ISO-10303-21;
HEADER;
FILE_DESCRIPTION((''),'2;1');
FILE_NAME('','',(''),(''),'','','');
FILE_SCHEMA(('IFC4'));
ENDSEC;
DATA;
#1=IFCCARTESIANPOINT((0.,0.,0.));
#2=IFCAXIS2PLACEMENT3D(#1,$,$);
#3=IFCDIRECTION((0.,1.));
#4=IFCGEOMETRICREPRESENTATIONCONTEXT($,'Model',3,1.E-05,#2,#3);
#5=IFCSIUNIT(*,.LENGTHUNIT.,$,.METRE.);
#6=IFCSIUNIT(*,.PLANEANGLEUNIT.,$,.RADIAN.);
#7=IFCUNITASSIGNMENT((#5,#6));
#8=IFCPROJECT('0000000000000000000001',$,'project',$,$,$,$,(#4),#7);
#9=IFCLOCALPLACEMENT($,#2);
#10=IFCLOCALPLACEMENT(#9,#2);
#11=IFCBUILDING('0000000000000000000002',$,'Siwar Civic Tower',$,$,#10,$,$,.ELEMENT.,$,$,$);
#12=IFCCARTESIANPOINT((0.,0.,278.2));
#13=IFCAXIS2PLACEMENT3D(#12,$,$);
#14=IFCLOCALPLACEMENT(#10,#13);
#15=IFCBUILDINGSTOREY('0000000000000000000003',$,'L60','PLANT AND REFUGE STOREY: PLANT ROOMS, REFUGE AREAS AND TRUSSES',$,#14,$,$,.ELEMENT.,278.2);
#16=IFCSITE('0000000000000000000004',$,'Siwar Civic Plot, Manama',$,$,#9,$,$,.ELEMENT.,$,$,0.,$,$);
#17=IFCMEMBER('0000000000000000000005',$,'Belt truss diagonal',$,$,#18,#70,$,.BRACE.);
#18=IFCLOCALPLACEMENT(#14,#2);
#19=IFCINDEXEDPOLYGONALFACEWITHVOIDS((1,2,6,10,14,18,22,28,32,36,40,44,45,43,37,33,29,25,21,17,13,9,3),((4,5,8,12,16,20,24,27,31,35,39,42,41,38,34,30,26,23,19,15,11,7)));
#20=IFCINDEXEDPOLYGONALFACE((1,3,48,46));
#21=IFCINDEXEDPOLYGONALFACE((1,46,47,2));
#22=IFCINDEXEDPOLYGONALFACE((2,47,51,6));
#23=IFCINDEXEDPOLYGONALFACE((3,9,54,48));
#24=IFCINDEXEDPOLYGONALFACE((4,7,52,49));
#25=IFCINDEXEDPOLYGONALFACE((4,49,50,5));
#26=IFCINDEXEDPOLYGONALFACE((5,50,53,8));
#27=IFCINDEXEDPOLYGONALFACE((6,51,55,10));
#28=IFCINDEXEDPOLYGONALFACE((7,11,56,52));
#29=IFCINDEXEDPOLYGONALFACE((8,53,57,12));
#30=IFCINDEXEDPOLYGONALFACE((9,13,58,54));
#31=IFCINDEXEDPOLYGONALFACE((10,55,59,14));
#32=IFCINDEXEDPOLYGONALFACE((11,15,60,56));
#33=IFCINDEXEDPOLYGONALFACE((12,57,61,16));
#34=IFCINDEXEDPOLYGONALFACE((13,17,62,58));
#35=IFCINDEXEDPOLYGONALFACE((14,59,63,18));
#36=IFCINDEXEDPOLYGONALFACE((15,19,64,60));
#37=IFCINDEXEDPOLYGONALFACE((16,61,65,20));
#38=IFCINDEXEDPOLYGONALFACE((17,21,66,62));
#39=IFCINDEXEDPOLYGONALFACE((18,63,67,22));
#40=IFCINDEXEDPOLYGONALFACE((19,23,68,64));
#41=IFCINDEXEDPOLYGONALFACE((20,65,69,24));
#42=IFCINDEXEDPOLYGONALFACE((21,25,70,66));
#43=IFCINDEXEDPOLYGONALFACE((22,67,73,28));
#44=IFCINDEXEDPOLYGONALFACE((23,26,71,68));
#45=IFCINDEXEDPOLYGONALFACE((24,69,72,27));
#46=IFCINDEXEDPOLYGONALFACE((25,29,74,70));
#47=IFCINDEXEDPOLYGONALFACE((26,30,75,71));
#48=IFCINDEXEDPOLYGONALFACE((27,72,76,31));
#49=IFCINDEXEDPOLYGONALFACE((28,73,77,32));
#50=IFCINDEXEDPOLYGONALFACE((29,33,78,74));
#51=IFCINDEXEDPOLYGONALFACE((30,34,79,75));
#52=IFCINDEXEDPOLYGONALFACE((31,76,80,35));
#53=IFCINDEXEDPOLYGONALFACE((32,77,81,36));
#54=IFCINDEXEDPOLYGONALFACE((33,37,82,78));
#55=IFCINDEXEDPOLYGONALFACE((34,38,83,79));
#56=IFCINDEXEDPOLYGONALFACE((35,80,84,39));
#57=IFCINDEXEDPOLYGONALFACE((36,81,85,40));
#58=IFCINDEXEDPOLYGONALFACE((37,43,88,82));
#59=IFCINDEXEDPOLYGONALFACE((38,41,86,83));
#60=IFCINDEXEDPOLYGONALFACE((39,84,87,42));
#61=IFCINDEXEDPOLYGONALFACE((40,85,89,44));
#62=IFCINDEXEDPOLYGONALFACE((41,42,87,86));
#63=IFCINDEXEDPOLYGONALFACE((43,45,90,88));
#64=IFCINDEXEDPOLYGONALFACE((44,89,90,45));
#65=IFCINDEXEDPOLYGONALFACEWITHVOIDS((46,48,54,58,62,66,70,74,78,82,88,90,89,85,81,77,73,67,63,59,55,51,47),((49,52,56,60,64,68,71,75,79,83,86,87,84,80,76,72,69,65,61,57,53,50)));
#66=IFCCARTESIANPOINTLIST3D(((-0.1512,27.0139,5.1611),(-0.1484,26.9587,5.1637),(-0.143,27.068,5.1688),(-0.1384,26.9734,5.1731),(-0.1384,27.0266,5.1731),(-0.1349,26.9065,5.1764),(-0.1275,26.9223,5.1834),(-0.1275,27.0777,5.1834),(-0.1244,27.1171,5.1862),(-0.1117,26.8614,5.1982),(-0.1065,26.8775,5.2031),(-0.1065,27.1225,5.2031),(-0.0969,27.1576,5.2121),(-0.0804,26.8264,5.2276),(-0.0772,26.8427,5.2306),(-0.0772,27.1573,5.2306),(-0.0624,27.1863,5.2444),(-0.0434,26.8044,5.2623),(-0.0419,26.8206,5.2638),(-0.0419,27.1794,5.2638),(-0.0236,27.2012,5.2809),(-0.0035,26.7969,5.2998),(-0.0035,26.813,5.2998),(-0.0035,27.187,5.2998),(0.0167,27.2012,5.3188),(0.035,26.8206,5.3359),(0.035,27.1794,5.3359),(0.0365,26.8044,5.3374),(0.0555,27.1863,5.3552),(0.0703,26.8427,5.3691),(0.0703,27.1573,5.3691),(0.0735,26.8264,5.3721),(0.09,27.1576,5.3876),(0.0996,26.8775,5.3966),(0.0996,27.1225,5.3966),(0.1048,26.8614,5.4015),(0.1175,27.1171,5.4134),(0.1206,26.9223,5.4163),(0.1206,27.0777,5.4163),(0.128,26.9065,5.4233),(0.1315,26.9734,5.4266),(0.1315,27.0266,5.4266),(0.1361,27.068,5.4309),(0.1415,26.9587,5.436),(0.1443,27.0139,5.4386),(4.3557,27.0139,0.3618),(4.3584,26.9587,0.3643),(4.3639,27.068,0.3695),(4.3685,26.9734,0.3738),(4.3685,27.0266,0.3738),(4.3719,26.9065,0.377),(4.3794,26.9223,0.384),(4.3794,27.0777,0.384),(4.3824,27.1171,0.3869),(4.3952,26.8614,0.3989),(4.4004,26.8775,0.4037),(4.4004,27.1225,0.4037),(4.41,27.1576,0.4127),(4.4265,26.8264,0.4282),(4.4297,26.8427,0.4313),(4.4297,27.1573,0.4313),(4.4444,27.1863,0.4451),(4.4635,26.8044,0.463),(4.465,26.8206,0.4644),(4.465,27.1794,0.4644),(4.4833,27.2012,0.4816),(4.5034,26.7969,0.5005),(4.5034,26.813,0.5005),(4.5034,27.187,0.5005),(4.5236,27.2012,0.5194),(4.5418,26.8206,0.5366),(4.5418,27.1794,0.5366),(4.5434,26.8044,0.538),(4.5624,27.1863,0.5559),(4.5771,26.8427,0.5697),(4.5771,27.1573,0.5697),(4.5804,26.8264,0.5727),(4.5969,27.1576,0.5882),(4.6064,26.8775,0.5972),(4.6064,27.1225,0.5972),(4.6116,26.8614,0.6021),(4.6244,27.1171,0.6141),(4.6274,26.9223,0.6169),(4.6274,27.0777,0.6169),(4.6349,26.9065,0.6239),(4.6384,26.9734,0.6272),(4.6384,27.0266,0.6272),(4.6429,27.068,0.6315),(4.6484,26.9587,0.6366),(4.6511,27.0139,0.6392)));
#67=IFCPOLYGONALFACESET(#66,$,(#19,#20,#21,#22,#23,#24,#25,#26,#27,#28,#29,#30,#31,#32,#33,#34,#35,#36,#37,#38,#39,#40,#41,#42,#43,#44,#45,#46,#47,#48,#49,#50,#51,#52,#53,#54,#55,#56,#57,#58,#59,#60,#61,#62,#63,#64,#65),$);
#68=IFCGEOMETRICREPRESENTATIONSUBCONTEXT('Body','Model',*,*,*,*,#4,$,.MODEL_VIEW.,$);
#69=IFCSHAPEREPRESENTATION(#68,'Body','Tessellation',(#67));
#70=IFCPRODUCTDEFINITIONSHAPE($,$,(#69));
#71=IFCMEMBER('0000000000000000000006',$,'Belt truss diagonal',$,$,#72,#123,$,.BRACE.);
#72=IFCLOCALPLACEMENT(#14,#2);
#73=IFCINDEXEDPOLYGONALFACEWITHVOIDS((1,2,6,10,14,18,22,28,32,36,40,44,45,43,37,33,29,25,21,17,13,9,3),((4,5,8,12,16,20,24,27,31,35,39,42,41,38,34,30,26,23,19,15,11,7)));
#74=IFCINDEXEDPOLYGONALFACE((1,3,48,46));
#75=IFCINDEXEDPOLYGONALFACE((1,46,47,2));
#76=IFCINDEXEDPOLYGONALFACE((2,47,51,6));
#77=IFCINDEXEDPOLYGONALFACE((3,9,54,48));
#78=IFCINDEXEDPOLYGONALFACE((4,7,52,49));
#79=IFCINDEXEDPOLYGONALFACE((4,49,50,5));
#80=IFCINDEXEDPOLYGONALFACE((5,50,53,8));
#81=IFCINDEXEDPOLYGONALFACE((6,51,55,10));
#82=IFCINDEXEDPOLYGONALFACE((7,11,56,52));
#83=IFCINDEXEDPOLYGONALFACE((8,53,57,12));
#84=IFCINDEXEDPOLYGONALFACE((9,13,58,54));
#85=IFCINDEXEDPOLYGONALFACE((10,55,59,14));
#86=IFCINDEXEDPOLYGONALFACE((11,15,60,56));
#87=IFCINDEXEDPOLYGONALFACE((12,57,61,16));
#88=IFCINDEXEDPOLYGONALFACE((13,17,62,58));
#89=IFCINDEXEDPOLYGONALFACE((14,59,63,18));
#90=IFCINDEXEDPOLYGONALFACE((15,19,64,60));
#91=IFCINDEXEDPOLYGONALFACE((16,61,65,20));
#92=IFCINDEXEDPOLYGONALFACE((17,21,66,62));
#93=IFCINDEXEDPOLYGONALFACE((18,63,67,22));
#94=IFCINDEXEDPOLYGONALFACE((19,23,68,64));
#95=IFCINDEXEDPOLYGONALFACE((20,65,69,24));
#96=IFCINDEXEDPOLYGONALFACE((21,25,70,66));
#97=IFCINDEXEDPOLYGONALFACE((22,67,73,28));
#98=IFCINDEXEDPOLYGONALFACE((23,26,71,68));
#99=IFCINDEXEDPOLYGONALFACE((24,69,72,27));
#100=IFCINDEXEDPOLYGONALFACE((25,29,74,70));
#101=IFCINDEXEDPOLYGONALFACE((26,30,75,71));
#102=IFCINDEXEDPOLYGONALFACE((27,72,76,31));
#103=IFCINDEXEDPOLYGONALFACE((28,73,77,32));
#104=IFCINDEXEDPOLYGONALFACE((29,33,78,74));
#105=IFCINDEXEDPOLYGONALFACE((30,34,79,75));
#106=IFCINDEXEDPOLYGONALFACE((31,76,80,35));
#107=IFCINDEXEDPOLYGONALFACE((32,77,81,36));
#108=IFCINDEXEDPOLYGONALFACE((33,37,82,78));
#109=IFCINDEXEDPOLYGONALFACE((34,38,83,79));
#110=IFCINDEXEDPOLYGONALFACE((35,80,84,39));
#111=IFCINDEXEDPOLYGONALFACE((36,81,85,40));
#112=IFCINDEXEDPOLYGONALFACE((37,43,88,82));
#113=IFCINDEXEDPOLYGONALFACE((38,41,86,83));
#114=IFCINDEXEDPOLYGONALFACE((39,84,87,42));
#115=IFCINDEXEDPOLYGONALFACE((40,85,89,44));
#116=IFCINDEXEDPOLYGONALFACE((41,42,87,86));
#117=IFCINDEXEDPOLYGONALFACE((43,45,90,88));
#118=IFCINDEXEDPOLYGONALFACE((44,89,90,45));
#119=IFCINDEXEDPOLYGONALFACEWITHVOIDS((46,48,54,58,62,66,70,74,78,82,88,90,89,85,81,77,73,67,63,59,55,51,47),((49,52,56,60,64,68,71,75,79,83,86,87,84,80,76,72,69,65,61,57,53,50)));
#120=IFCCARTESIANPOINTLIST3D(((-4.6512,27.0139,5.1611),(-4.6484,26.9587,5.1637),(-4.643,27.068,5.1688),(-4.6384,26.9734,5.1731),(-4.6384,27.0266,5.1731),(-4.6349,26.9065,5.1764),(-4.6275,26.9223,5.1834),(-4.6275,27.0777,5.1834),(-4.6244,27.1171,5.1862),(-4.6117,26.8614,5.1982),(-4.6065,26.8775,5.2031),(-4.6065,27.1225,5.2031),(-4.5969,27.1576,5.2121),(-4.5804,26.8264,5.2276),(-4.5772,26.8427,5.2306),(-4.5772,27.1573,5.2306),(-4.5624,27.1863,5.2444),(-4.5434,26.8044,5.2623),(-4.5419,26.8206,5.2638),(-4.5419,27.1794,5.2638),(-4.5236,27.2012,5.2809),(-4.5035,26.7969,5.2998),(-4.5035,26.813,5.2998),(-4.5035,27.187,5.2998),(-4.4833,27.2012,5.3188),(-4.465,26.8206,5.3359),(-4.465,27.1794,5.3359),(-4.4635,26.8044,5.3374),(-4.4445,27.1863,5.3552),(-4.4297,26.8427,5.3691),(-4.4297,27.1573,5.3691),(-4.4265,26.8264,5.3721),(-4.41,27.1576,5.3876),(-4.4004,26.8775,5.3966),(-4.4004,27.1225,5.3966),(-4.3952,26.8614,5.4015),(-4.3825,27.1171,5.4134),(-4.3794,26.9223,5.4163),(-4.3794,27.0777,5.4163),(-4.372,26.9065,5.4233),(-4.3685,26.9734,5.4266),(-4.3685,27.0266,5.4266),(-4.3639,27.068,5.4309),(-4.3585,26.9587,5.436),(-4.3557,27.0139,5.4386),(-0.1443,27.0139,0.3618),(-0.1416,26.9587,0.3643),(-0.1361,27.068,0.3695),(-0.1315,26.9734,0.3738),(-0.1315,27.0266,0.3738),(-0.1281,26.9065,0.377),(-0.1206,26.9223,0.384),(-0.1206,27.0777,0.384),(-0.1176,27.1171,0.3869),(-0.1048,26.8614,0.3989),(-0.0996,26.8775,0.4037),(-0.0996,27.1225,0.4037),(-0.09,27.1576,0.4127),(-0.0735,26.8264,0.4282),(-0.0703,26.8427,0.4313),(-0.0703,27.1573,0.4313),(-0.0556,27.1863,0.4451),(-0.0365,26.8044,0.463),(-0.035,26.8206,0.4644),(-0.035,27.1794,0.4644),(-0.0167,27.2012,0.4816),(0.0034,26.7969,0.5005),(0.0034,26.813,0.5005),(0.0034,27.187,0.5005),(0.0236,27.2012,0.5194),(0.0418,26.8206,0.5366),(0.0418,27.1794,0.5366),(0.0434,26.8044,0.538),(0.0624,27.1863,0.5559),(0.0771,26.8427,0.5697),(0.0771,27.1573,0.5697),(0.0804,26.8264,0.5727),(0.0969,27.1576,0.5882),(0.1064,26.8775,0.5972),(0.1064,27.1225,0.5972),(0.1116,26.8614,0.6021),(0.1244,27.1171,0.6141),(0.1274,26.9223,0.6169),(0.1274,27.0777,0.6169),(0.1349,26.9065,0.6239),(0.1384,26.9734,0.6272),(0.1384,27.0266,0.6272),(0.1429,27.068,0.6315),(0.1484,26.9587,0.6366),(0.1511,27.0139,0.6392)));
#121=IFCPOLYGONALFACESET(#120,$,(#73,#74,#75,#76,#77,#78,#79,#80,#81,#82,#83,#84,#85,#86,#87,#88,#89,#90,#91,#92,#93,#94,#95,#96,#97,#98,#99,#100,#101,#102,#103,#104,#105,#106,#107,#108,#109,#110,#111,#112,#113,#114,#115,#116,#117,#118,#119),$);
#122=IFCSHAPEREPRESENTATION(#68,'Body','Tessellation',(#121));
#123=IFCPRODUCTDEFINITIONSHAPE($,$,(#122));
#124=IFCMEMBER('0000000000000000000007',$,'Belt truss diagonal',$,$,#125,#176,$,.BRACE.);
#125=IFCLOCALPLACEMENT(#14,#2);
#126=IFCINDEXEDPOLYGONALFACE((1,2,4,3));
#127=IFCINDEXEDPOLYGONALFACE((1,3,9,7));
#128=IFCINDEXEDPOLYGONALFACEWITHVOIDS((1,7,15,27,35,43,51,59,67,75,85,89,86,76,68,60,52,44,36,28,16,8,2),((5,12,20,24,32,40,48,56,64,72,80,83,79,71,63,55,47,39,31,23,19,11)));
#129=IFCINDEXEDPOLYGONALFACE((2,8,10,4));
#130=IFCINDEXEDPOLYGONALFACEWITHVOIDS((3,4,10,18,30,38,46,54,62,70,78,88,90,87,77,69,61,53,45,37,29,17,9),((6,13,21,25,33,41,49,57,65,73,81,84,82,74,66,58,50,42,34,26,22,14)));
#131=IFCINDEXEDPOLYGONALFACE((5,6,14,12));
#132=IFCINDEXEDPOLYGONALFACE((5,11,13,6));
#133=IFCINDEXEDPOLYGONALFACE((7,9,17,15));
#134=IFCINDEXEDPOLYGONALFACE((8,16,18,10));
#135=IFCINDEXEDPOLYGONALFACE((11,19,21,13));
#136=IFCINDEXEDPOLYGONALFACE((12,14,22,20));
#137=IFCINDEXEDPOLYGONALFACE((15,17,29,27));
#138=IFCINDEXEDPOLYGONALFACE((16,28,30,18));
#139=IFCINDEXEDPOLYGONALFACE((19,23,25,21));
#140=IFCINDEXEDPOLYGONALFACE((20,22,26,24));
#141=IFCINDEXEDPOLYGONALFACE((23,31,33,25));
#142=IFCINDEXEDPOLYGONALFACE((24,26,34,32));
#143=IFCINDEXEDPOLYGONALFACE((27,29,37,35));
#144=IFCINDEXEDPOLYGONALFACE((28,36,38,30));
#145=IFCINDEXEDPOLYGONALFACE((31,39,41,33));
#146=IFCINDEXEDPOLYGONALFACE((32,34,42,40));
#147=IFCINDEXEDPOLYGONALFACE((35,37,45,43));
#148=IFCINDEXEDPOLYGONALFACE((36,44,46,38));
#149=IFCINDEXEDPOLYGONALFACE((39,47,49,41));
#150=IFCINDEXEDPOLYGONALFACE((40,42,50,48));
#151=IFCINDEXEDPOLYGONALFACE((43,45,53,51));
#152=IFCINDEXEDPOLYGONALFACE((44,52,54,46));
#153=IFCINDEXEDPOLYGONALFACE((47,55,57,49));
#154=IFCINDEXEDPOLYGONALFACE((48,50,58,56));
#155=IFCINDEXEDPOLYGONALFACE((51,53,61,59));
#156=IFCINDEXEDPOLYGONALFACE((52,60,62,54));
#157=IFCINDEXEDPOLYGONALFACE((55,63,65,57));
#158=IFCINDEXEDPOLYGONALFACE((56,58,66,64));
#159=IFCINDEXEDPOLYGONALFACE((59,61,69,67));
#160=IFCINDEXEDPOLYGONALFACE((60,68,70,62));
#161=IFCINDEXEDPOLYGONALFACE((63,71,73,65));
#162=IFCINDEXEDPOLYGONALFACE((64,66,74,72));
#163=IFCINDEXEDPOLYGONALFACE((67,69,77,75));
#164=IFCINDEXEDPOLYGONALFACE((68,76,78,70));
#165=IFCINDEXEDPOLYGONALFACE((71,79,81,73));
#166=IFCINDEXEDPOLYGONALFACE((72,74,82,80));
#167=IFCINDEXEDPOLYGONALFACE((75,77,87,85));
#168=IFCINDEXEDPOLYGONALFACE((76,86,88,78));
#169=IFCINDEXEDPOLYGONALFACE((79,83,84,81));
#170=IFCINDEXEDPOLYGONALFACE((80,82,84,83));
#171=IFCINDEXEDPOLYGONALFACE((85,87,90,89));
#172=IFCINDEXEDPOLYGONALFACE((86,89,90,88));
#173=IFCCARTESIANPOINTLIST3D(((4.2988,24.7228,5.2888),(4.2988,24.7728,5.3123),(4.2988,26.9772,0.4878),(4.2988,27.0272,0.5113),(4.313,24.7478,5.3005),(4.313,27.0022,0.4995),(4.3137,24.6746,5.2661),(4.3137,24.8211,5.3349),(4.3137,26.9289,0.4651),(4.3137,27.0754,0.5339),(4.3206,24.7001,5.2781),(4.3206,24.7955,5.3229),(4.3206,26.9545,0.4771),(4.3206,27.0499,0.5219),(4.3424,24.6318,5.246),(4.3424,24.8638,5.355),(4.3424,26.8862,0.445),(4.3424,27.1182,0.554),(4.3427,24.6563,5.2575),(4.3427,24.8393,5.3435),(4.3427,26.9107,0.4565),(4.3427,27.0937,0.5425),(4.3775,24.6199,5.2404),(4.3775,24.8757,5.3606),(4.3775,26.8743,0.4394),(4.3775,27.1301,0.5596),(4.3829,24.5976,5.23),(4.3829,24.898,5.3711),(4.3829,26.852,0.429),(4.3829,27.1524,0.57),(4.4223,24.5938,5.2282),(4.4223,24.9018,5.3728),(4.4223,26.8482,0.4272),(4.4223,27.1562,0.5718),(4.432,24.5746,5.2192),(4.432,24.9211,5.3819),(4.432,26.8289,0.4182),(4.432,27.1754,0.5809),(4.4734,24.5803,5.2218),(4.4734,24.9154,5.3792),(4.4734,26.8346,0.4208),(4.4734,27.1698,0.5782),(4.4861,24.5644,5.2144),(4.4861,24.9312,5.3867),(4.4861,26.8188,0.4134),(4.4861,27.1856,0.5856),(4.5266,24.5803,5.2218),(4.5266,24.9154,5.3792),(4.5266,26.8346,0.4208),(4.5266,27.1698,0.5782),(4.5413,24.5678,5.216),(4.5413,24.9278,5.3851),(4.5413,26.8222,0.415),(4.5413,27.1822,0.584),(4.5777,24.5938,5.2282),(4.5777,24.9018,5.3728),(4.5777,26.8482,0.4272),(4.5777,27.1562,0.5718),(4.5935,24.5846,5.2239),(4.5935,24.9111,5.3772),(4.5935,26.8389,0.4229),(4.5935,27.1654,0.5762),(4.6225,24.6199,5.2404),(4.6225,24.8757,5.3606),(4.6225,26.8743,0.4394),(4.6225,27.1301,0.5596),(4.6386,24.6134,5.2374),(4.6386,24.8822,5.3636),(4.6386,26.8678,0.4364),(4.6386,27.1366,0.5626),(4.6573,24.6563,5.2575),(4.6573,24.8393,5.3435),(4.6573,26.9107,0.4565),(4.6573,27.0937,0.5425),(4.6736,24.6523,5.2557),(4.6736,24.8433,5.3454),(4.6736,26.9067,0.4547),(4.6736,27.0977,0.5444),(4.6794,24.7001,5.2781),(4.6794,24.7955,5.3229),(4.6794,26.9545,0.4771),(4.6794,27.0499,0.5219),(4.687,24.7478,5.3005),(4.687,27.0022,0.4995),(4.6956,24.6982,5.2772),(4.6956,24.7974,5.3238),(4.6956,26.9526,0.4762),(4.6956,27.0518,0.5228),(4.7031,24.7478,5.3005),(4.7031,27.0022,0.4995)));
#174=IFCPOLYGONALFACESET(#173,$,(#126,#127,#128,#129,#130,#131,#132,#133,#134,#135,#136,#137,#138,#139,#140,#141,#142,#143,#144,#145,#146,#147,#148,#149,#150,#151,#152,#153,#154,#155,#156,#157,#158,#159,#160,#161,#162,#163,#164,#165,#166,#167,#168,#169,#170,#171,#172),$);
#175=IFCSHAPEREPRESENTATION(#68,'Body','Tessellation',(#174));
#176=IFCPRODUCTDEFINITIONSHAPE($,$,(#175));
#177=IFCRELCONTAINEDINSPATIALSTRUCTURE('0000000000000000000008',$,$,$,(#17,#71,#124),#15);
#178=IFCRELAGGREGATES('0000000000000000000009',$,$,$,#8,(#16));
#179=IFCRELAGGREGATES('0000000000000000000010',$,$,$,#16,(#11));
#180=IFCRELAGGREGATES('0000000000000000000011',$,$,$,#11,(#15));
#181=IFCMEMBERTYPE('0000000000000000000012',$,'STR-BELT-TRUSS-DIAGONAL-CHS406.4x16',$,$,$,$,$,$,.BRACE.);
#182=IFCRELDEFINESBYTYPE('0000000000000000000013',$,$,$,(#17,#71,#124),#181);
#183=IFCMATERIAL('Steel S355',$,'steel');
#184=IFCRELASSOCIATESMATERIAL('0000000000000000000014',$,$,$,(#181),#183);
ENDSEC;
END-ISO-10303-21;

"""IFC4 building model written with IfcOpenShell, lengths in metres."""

from ifc_helpers import new_model, si_unit, direction, frame, origin, origin_2d, place, context, subcontext, project, spatial, hollow_circle, extrude, material, material_profile, profile_set, type_object, element, save


model = new_model("IFC4")

# Units and contexts
model_context = context("Model", 3, precision=1e-05, world=origin(), true_north=direction((0.0, 1.0)))
body_context = subcontext(model_context, "Body", "Model", "MODEL_VIEW")
ifc_project = project(units=[si_unit("LENGTHUNIT", "METRE"), si_unit("PLANEANGLEUNIT", "RADIAN")], contexts=[model_context])

# Site, building, storey
site_placement = place(None, origin())
site = spatial("IfcSite", under=ifc_project, at=site_placement, Name="Siwar Civic Plot, Manama", CompositionType="ELEMENT", RefElevation=0.0)
building_placement = place(site_placement, origin())
building = spatial("IfcBuilding", under=site, at=building_placement, Name="Siwar Civic Tower", CompositionType="ELEMENT")
storey_placement = place(building_placement, frame((0.0, 0.0, 278.2)))
storey = spatial("IfcBuildingStorey", under=building, at=storey_placement, Name="L60", Description="PLANT AND REFUGE STOREY: PLANT ROOMS, REFUGE AREAS AND TRUSSES", CompositionType="ELEMENT", Elevation=278.2)

# Members
ifc_material_1 = material(Name="Steel S355", Category="steel")
ifc_material_profile_1 = material_profile(ifc_material_1, hollow_circle(Radius=0.2031, WallThickness=0.0161, at=origin_2d()), Name="CHS406.4x16")
ifc_profile_set_1 = profile_set([ifc_material_profile_1], Name="Steel S355")
member_type_1 = type_object("IfcMemberType", Name="STR-BELT-TRUSS-DIAGONAL-CHS406.4x16", PredefinedType="BRACE", material=ifc_profile_set_1)
for number, where, z_axis, x_axis, name in (
    (1, (4.5034, 27.0, 0.5005), (-0.684545, 0.0, 0.72897), (0.0, -1.0, 0.0), "Belt truss diagonal"),
    (2, (0.0034, 27.0, 0.5005), (-0.684545, 0.0, 0.72897), (0.0, -1.0, 0.0), "Belt truss diagonal"),
):
    element("IfcMember", number, at=place(storey_placement, frame(where, z_axis=z_axis, x_axis=x_axis)), inside=storey, type_object=member_type_1, Name=name, PredefinedType="BRACE", context=body_context, shape_type="SweptSolid", body=[
        extrude(hollow_circle(Radius=0.2031, WallThickness=0.0161, at=origin_2d()), origin(), (0.0, 0.0, 1.0), 6.5837),
    ])
member_placement = place(storey_placement, frame((4.5, 27.0022, 0.4995), z_axis=(0.0, -0.425039, 0.905175), x_axis=(1.0, 0.0, 0.0)))
element("IfcMember", 3, at=member_placement, inside=storey, type_object=member_type_1, Name="Belt truss diagonal", PredefinedType="BRACE", context=body_context, shape_type="SweptSolid", body=[
    extrude(hollow_circle(Radius=0.2031, WallThickness=0.0161, at=origin_2d()), origin(), (0.0, 0.0, 1.0), 5.304),
])

save(model, "model.ifc")
